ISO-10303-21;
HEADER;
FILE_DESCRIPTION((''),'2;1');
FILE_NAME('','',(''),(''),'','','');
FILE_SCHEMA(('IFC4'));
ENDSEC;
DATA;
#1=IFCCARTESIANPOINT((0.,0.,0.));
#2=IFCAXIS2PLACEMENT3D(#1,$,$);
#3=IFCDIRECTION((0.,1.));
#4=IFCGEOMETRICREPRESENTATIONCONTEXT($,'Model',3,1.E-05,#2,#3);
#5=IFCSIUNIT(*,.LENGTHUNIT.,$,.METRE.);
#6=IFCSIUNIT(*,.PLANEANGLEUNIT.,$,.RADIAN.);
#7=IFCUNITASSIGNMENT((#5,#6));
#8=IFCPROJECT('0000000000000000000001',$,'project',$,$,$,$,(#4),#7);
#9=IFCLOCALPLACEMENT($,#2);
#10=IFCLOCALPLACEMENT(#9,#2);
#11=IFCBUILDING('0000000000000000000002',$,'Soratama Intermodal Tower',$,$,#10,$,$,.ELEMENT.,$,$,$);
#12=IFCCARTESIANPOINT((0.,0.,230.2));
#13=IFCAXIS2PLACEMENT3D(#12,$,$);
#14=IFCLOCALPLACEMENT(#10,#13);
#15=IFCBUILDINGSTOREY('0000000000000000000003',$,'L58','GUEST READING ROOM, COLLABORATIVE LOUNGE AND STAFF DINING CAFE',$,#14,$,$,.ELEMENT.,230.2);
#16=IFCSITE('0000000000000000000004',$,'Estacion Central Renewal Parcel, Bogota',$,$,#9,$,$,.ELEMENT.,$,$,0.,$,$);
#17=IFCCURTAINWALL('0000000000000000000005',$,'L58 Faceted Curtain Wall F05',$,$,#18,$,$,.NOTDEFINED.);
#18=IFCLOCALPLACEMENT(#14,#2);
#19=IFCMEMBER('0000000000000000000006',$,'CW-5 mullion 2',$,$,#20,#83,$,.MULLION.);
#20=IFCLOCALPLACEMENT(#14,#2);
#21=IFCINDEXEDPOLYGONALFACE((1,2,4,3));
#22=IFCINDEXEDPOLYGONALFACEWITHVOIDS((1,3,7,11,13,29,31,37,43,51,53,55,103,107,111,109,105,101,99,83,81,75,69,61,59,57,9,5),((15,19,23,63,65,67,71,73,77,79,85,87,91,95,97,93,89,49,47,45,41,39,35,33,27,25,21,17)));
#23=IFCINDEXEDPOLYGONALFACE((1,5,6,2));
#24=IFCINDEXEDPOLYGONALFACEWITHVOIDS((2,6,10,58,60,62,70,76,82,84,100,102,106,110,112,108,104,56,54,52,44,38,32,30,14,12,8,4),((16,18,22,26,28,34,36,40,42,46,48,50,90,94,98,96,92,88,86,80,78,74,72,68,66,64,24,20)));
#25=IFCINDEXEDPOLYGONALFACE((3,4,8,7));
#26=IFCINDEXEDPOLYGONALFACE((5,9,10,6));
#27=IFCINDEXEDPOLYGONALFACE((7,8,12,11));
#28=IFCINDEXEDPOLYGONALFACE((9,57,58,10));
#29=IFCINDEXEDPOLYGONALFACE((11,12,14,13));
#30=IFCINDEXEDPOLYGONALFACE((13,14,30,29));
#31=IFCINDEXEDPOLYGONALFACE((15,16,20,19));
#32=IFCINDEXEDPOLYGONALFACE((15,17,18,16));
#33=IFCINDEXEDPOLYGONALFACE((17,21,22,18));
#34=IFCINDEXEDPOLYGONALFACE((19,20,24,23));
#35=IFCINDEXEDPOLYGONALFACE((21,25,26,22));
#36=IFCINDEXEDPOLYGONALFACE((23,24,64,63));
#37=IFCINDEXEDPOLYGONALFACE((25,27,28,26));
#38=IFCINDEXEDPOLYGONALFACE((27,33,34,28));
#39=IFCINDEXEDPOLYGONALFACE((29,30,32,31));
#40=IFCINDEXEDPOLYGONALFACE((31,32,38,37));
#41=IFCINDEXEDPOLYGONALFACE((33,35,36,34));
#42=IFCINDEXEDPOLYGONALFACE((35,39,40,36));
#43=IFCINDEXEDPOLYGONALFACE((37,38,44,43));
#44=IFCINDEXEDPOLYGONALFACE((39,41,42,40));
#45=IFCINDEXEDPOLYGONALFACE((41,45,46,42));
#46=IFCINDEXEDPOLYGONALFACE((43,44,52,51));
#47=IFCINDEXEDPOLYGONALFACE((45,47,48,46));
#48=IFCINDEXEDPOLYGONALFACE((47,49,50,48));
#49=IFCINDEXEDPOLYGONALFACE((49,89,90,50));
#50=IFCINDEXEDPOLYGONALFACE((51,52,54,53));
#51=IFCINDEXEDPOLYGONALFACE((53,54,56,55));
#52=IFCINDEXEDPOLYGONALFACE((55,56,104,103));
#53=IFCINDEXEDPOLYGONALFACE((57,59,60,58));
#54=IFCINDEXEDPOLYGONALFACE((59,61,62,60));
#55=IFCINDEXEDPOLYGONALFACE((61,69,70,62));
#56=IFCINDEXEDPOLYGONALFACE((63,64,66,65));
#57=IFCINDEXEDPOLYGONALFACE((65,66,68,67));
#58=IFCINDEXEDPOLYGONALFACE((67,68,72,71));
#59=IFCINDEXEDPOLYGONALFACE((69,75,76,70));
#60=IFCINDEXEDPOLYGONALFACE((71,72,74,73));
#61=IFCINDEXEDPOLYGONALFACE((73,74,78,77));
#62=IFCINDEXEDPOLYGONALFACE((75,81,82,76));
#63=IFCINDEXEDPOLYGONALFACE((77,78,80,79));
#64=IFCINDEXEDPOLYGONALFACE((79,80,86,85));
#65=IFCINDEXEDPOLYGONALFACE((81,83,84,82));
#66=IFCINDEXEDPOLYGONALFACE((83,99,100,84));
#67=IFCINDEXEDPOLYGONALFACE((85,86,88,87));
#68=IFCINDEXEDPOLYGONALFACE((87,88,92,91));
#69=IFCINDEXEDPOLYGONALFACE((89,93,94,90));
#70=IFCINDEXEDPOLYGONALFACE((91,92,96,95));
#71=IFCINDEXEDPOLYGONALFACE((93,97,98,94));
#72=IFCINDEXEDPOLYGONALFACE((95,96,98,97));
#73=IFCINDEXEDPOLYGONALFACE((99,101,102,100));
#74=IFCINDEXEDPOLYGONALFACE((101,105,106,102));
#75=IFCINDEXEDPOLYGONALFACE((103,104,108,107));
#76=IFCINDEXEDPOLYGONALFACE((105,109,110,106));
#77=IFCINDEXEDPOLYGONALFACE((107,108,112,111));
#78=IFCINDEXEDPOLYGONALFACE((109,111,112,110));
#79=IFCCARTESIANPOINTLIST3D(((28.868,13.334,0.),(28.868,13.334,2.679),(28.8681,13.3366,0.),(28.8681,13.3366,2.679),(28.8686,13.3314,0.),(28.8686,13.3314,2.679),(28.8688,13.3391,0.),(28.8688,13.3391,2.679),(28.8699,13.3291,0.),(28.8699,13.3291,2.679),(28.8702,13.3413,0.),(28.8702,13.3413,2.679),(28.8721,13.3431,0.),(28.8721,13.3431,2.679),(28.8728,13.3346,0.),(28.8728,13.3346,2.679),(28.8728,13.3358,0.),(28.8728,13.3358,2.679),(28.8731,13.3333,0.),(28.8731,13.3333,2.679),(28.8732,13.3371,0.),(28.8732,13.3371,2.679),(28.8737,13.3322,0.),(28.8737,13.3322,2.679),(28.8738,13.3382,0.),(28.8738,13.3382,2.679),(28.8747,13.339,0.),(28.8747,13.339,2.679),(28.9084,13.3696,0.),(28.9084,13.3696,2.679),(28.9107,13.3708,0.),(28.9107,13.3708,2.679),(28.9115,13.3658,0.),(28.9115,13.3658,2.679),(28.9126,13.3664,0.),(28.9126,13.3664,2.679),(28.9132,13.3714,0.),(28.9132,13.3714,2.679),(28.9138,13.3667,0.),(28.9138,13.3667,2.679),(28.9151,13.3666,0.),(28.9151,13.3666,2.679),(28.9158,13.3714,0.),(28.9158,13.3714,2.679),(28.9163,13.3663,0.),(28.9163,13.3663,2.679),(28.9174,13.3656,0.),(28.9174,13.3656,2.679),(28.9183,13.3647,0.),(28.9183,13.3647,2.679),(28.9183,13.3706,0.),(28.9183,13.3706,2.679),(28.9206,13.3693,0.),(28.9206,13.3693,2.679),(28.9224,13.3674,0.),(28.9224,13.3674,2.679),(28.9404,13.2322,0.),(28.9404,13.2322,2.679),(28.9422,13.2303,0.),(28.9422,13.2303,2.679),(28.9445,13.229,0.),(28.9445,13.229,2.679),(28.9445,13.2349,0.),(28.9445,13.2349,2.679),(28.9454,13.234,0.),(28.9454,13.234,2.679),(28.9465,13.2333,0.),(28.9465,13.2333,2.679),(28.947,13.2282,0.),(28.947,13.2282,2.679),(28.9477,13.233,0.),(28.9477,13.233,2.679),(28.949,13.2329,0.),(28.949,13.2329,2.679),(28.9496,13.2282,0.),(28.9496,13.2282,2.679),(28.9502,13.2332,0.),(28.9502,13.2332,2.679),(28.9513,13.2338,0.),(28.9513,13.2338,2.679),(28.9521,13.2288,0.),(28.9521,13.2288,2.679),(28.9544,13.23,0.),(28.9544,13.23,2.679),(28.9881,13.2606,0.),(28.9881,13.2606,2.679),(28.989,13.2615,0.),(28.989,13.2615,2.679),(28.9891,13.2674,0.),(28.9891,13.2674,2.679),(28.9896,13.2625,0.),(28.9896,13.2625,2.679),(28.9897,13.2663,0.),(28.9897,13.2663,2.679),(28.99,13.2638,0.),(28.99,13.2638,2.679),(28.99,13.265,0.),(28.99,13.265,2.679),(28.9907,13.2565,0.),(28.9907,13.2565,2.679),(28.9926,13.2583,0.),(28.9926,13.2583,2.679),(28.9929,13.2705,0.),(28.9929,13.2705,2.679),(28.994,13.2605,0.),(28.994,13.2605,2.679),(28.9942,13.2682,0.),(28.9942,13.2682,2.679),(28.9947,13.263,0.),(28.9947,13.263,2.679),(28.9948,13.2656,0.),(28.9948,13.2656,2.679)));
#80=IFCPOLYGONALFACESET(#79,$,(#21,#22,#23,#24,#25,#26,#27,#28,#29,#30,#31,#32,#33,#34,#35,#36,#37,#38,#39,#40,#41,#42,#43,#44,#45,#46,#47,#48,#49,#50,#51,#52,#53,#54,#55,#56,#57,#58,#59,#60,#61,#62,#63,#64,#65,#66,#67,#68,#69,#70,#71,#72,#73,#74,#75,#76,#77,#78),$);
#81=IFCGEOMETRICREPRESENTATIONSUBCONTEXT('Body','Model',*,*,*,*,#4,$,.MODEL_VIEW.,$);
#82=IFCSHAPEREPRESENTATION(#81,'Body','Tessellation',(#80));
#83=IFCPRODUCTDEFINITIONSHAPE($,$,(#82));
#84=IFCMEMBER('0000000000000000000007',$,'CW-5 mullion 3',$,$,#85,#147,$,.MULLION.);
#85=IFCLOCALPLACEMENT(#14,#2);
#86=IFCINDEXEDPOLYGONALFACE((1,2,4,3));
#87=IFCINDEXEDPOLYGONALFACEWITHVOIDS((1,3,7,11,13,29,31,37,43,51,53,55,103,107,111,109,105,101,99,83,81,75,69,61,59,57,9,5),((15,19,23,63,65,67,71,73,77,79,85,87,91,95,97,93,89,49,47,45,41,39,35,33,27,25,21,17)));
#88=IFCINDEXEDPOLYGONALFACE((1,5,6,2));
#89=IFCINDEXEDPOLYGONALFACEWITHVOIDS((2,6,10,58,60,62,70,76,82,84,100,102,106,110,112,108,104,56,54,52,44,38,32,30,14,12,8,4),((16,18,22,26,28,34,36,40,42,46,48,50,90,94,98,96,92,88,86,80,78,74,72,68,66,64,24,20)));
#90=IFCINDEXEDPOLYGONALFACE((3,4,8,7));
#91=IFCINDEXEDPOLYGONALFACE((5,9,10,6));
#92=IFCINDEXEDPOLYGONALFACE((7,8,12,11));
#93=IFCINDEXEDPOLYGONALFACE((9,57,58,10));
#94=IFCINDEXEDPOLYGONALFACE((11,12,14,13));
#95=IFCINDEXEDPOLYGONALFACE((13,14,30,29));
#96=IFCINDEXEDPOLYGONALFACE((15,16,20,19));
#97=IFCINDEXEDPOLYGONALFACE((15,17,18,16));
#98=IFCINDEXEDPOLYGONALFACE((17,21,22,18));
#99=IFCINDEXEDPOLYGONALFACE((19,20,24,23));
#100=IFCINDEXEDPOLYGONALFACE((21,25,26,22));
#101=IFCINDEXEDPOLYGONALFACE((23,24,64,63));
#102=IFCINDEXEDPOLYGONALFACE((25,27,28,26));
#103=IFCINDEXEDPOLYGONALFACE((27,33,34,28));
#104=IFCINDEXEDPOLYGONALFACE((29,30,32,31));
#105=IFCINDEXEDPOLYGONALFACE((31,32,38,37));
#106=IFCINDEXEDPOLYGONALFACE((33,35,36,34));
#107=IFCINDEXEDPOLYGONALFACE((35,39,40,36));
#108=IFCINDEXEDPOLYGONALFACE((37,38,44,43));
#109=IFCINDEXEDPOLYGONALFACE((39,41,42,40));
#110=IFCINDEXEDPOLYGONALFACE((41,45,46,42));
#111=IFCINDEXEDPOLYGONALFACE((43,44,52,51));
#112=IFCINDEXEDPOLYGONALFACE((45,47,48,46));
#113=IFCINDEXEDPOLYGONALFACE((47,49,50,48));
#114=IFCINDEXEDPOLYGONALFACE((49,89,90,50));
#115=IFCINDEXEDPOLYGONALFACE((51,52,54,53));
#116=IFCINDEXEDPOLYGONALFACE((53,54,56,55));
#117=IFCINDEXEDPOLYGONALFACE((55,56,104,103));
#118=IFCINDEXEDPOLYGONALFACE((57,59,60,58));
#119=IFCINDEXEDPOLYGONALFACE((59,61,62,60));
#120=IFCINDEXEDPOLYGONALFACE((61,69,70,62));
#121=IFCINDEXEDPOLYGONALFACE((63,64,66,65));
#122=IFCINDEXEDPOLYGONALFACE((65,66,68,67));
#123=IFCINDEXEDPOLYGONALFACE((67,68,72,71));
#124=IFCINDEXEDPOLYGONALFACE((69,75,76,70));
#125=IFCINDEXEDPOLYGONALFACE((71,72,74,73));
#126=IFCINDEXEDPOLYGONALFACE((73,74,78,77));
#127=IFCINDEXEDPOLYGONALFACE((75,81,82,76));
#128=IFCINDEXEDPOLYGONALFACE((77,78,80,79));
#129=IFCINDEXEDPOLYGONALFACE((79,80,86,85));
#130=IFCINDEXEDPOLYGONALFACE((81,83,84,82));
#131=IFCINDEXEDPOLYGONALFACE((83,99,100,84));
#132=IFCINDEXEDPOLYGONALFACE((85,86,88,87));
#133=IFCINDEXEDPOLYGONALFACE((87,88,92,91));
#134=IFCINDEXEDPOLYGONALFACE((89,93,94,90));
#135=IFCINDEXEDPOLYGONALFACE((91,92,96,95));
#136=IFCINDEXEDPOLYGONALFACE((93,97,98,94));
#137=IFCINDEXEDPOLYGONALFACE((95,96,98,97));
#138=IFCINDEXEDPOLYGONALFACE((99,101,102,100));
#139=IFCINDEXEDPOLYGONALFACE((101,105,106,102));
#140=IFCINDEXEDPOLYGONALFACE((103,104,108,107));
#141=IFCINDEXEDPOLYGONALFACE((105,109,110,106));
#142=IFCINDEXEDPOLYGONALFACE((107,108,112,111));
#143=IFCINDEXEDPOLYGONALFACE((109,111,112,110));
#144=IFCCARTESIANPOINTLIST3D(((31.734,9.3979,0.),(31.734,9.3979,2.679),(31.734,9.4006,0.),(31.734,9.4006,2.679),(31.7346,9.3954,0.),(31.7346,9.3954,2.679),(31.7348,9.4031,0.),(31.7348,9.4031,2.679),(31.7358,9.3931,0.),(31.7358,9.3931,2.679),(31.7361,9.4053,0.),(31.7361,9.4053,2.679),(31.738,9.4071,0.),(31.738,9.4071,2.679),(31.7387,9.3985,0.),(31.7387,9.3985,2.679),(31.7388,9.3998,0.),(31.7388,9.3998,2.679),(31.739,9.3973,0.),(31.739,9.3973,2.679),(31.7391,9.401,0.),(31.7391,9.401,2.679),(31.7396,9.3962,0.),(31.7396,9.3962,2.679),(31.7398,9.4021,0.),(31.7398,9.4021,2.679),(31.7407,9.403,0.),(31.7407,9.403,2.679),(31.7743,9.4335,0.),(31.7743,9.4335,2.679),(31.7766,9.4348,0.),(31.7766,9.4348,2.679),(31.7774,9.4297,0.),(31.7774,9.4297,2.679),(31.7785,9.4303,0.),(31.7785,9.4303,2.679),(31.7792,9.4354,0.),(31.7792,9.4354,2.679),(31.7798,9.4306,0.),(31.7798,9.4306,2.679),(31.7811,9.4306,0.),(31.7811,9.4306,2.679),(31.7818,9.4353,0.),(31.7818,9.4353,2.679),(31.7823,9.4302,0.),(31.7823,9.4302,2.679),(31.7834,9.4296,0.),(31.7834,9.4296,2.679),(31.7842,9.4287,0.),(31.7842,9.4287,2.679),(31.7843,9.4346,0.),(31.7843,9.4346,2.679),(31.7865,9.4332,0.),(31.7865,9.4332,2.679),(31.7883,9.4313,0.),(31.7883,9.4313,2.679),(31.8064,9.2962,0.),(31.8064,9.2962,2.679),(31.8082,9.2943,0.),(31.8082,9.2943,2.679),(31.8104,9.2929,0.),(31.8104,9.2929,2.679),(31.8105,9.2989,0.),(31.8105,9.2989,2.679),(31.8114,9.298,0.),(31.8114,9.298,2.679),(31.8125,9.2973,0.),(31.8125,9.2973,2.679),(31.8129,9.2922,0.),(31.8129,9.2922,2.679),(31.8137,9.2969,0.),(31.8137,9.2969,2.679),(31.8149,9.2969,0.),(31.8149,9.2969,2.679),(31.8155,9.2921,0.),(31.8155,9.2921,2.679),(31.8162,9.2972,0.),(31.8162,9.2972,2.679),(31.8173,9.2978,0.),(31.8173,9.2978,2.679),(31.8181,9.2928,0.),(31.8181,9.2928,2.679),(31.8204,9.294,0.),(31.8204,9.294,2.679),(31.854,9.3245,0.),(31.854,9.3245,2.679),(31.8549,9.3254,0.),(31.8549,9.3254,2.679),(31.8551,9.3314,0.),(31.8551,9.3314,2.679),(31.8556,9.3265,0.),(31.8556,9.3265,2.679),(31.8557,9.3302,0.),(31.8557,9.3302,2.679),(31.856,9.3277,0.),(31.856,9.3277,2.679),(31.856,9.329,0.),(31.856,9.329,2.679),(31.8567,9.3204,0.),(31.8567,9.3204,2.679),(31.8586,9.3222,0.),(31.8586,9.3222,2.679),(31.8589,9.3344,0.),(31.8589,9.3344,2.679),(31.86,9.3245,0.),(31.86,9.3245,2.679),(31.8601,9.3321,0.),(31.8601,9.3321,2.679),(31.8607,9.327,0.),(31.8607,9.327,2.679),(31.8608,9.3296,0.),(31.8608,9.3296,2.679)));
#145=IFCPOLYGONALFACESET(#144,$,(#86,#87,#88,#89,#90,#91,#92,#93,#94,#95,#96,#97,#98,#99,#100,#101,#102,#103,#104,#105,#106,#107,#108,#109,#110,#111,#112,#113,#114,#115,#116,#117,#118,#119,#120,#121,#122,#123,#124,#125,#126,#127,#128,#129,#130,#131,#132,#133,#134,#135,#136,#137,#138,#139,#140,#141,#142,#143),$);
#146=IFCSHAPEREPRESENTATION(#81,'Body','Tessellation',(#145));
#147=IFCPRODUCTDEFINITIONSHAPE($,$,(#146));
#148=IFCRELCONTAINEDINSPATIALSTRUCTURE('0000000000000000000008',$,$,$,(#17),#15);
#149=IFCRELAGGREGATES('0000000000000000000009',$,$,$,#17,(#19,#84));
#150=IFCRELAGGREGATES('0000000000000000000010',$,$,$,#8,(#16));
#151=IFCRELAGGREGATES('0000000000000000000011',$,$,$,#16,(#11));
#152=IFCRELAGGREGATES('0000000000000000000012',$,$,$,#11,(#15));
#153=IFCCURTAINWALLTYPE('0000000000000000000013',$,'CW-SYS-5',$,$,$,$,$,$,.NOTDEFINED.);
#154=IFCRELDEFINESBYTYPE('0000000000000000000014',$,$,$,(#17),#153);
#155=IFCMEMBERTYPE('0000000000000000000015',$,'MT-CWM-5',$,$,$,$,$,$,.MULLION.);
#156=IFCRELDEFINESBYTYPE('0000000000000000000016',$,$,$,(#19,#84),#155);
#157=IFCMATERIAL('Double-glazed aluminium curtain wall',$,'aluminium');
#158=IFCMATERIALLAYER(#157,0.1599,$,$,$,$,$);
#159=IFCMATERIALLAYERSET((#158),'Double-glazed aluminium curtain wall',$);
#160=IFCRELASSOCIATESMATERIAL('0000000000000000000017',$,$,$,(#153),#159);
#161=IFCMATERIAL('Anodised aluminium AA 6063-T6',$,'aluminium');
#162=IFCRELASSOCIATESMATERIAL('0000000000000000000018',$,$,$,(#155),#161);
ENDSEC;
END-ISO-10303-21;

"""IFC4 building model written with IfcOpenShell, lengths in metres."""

from ifc_helpers import new_model, si_unit, direction, frame, origin, origin_2d, place, context, subcontext, project, spatial, hollow_rectangle, extrude, material, layer, layer_set, material_profile, profile_set, type_object, element, aggregate, save


model = new_model("IFC4")

# Units and contexts
model_context = context("Model", 3, precision=1e-05, world=origin(), true_north=direction((0.0, 1.0)))
body_context = subcontext(model_context, "Body", "Model", "MODEL_VIEW")
ifc_project = project(units=[si_unit("LENGTHUNIT", "METRE"), si_unit("PLANEANGLEUNIT", "RADIAN")], contexts=[model_context])

# Site, building, storey
site_placement = place(None, origin())
site = spatial("IfcSite", under=ifc_project, at=site_placement, Name="Estacion Central Renewal Parcel, Bogota", CompositionType="ELEMENT", RefElevation=0.0)
building_placement = place(site_placement, origin())
building = spatial("IfcBuilding", under=site, at=building_placement, Name="Soratama Intermodal Tower", CompositionType="ELEMENT")
storey_placement = place(building_placement, frame((0.0, 0.0, 230.2)))
storey = spatial("IfcBuildingStorey", under=building, at=storey_placement, Name="L58", Description="GUEST READING ROOM, COLLABORATIVE LOUNGE AND STAFF DINING CAFE", CompositionType="ELEMENT", Elevation=230.2)

# Curtain wall, members
ifc_material_1 = material(Name="Double-glazed aluminium curtain wall", Category="aluminium")
ifc_layer_1 = layer(ifc_material_1, 0.1599)
ifc_layer_set_1 = layer_set([ifc_layer_1], Name="Double-glazed aluminium curtain wall")
curtain_wall_type = type_object("IfcCurtainWallType", Name="CW-SYS-5", PredefinedType="NOTDEFINED", material=ifc_layer_set_1)
curtain_wall_placement = place(storey_placement, origin())
curtain_wall = element("IfcCurtainWall", 1, at=curtain_wall_placement, inside=storey, type_object=curtain_wall_type, Name="L58 Faceted Curtain Wall F05", PredefinedType="NOTDEFINED")
ifc_material_2 = material(Name="Anodised aluminium AA 6063-T6", Category="aluminium")
ifc_material_profile_1 = material_profile(ifc_material_2, hollow_rectangle(XDim=0.0649, YDim=0.1399, WallThickness=0.0049, InnerFilletRadius=0.0049, OuterFilletRadius=0.01, at=origin_2d()), Name="CWM140X65X5")
ifc_profile_set_1 = profile_set([ifc_material_profile_1], Name="Anodised aluminium AA 6063-T6")
member_type_1 = type_object("IfcMemberType", Name="MT-CWM-5", PredefinedType="MULLION", material=ifc_profile_set_1)
member_1_placement = place(storey_placement, frame((28.9314, 13.2998, 0.0), z_axis=(0.0, 0.0, 1.0), x_axis=(0.808396, 0.588639, 0.0)))
member_1 = element("IfcMember", 2, at=member_1_placement, type_object=member_type_1, Name="CW-5 mullion 2", PredefinedType="MULLION", context=body_context, shape_type="SweptSolid", body=[
    extrude(hollow_rectangle(XDim=0.0649, YDim=0.1399, WallThickness=0.0049, InnerFilletRadius=0.0049, OuterFilletRadius=0.01, at=origin_2d()), origin(), (0.0, 0.0, 1.0), 2.679),
])
member_2_placement = place(storey_placement, frame((31.7974, 9.3638, 0.0), z_axis=(0.0, 0.0, 1.0), x_axis=(0.808396, 0.588639, 0.0)))
member_2 = element("IfcMember", 3, at=member_2_placement, type_object=member_type_1, Name="CW-5 mullion 3", PredefinedType="MULLION", context=body_context, shape_type="SweptSolid", body=[
    extrude(hollow_rectangle(XDim=0.0649, YDim=0.1399, WallThickness=0.0049, InnerFilletRadius=0.0049, OuterFilletRadius=0.01, at=origin_2d()), origin(), (0.0, 0.0, 1.0), 2.679),
])
aggregate(curtain_wall, [member_1, member_2])

save(model, "model.ifc")
